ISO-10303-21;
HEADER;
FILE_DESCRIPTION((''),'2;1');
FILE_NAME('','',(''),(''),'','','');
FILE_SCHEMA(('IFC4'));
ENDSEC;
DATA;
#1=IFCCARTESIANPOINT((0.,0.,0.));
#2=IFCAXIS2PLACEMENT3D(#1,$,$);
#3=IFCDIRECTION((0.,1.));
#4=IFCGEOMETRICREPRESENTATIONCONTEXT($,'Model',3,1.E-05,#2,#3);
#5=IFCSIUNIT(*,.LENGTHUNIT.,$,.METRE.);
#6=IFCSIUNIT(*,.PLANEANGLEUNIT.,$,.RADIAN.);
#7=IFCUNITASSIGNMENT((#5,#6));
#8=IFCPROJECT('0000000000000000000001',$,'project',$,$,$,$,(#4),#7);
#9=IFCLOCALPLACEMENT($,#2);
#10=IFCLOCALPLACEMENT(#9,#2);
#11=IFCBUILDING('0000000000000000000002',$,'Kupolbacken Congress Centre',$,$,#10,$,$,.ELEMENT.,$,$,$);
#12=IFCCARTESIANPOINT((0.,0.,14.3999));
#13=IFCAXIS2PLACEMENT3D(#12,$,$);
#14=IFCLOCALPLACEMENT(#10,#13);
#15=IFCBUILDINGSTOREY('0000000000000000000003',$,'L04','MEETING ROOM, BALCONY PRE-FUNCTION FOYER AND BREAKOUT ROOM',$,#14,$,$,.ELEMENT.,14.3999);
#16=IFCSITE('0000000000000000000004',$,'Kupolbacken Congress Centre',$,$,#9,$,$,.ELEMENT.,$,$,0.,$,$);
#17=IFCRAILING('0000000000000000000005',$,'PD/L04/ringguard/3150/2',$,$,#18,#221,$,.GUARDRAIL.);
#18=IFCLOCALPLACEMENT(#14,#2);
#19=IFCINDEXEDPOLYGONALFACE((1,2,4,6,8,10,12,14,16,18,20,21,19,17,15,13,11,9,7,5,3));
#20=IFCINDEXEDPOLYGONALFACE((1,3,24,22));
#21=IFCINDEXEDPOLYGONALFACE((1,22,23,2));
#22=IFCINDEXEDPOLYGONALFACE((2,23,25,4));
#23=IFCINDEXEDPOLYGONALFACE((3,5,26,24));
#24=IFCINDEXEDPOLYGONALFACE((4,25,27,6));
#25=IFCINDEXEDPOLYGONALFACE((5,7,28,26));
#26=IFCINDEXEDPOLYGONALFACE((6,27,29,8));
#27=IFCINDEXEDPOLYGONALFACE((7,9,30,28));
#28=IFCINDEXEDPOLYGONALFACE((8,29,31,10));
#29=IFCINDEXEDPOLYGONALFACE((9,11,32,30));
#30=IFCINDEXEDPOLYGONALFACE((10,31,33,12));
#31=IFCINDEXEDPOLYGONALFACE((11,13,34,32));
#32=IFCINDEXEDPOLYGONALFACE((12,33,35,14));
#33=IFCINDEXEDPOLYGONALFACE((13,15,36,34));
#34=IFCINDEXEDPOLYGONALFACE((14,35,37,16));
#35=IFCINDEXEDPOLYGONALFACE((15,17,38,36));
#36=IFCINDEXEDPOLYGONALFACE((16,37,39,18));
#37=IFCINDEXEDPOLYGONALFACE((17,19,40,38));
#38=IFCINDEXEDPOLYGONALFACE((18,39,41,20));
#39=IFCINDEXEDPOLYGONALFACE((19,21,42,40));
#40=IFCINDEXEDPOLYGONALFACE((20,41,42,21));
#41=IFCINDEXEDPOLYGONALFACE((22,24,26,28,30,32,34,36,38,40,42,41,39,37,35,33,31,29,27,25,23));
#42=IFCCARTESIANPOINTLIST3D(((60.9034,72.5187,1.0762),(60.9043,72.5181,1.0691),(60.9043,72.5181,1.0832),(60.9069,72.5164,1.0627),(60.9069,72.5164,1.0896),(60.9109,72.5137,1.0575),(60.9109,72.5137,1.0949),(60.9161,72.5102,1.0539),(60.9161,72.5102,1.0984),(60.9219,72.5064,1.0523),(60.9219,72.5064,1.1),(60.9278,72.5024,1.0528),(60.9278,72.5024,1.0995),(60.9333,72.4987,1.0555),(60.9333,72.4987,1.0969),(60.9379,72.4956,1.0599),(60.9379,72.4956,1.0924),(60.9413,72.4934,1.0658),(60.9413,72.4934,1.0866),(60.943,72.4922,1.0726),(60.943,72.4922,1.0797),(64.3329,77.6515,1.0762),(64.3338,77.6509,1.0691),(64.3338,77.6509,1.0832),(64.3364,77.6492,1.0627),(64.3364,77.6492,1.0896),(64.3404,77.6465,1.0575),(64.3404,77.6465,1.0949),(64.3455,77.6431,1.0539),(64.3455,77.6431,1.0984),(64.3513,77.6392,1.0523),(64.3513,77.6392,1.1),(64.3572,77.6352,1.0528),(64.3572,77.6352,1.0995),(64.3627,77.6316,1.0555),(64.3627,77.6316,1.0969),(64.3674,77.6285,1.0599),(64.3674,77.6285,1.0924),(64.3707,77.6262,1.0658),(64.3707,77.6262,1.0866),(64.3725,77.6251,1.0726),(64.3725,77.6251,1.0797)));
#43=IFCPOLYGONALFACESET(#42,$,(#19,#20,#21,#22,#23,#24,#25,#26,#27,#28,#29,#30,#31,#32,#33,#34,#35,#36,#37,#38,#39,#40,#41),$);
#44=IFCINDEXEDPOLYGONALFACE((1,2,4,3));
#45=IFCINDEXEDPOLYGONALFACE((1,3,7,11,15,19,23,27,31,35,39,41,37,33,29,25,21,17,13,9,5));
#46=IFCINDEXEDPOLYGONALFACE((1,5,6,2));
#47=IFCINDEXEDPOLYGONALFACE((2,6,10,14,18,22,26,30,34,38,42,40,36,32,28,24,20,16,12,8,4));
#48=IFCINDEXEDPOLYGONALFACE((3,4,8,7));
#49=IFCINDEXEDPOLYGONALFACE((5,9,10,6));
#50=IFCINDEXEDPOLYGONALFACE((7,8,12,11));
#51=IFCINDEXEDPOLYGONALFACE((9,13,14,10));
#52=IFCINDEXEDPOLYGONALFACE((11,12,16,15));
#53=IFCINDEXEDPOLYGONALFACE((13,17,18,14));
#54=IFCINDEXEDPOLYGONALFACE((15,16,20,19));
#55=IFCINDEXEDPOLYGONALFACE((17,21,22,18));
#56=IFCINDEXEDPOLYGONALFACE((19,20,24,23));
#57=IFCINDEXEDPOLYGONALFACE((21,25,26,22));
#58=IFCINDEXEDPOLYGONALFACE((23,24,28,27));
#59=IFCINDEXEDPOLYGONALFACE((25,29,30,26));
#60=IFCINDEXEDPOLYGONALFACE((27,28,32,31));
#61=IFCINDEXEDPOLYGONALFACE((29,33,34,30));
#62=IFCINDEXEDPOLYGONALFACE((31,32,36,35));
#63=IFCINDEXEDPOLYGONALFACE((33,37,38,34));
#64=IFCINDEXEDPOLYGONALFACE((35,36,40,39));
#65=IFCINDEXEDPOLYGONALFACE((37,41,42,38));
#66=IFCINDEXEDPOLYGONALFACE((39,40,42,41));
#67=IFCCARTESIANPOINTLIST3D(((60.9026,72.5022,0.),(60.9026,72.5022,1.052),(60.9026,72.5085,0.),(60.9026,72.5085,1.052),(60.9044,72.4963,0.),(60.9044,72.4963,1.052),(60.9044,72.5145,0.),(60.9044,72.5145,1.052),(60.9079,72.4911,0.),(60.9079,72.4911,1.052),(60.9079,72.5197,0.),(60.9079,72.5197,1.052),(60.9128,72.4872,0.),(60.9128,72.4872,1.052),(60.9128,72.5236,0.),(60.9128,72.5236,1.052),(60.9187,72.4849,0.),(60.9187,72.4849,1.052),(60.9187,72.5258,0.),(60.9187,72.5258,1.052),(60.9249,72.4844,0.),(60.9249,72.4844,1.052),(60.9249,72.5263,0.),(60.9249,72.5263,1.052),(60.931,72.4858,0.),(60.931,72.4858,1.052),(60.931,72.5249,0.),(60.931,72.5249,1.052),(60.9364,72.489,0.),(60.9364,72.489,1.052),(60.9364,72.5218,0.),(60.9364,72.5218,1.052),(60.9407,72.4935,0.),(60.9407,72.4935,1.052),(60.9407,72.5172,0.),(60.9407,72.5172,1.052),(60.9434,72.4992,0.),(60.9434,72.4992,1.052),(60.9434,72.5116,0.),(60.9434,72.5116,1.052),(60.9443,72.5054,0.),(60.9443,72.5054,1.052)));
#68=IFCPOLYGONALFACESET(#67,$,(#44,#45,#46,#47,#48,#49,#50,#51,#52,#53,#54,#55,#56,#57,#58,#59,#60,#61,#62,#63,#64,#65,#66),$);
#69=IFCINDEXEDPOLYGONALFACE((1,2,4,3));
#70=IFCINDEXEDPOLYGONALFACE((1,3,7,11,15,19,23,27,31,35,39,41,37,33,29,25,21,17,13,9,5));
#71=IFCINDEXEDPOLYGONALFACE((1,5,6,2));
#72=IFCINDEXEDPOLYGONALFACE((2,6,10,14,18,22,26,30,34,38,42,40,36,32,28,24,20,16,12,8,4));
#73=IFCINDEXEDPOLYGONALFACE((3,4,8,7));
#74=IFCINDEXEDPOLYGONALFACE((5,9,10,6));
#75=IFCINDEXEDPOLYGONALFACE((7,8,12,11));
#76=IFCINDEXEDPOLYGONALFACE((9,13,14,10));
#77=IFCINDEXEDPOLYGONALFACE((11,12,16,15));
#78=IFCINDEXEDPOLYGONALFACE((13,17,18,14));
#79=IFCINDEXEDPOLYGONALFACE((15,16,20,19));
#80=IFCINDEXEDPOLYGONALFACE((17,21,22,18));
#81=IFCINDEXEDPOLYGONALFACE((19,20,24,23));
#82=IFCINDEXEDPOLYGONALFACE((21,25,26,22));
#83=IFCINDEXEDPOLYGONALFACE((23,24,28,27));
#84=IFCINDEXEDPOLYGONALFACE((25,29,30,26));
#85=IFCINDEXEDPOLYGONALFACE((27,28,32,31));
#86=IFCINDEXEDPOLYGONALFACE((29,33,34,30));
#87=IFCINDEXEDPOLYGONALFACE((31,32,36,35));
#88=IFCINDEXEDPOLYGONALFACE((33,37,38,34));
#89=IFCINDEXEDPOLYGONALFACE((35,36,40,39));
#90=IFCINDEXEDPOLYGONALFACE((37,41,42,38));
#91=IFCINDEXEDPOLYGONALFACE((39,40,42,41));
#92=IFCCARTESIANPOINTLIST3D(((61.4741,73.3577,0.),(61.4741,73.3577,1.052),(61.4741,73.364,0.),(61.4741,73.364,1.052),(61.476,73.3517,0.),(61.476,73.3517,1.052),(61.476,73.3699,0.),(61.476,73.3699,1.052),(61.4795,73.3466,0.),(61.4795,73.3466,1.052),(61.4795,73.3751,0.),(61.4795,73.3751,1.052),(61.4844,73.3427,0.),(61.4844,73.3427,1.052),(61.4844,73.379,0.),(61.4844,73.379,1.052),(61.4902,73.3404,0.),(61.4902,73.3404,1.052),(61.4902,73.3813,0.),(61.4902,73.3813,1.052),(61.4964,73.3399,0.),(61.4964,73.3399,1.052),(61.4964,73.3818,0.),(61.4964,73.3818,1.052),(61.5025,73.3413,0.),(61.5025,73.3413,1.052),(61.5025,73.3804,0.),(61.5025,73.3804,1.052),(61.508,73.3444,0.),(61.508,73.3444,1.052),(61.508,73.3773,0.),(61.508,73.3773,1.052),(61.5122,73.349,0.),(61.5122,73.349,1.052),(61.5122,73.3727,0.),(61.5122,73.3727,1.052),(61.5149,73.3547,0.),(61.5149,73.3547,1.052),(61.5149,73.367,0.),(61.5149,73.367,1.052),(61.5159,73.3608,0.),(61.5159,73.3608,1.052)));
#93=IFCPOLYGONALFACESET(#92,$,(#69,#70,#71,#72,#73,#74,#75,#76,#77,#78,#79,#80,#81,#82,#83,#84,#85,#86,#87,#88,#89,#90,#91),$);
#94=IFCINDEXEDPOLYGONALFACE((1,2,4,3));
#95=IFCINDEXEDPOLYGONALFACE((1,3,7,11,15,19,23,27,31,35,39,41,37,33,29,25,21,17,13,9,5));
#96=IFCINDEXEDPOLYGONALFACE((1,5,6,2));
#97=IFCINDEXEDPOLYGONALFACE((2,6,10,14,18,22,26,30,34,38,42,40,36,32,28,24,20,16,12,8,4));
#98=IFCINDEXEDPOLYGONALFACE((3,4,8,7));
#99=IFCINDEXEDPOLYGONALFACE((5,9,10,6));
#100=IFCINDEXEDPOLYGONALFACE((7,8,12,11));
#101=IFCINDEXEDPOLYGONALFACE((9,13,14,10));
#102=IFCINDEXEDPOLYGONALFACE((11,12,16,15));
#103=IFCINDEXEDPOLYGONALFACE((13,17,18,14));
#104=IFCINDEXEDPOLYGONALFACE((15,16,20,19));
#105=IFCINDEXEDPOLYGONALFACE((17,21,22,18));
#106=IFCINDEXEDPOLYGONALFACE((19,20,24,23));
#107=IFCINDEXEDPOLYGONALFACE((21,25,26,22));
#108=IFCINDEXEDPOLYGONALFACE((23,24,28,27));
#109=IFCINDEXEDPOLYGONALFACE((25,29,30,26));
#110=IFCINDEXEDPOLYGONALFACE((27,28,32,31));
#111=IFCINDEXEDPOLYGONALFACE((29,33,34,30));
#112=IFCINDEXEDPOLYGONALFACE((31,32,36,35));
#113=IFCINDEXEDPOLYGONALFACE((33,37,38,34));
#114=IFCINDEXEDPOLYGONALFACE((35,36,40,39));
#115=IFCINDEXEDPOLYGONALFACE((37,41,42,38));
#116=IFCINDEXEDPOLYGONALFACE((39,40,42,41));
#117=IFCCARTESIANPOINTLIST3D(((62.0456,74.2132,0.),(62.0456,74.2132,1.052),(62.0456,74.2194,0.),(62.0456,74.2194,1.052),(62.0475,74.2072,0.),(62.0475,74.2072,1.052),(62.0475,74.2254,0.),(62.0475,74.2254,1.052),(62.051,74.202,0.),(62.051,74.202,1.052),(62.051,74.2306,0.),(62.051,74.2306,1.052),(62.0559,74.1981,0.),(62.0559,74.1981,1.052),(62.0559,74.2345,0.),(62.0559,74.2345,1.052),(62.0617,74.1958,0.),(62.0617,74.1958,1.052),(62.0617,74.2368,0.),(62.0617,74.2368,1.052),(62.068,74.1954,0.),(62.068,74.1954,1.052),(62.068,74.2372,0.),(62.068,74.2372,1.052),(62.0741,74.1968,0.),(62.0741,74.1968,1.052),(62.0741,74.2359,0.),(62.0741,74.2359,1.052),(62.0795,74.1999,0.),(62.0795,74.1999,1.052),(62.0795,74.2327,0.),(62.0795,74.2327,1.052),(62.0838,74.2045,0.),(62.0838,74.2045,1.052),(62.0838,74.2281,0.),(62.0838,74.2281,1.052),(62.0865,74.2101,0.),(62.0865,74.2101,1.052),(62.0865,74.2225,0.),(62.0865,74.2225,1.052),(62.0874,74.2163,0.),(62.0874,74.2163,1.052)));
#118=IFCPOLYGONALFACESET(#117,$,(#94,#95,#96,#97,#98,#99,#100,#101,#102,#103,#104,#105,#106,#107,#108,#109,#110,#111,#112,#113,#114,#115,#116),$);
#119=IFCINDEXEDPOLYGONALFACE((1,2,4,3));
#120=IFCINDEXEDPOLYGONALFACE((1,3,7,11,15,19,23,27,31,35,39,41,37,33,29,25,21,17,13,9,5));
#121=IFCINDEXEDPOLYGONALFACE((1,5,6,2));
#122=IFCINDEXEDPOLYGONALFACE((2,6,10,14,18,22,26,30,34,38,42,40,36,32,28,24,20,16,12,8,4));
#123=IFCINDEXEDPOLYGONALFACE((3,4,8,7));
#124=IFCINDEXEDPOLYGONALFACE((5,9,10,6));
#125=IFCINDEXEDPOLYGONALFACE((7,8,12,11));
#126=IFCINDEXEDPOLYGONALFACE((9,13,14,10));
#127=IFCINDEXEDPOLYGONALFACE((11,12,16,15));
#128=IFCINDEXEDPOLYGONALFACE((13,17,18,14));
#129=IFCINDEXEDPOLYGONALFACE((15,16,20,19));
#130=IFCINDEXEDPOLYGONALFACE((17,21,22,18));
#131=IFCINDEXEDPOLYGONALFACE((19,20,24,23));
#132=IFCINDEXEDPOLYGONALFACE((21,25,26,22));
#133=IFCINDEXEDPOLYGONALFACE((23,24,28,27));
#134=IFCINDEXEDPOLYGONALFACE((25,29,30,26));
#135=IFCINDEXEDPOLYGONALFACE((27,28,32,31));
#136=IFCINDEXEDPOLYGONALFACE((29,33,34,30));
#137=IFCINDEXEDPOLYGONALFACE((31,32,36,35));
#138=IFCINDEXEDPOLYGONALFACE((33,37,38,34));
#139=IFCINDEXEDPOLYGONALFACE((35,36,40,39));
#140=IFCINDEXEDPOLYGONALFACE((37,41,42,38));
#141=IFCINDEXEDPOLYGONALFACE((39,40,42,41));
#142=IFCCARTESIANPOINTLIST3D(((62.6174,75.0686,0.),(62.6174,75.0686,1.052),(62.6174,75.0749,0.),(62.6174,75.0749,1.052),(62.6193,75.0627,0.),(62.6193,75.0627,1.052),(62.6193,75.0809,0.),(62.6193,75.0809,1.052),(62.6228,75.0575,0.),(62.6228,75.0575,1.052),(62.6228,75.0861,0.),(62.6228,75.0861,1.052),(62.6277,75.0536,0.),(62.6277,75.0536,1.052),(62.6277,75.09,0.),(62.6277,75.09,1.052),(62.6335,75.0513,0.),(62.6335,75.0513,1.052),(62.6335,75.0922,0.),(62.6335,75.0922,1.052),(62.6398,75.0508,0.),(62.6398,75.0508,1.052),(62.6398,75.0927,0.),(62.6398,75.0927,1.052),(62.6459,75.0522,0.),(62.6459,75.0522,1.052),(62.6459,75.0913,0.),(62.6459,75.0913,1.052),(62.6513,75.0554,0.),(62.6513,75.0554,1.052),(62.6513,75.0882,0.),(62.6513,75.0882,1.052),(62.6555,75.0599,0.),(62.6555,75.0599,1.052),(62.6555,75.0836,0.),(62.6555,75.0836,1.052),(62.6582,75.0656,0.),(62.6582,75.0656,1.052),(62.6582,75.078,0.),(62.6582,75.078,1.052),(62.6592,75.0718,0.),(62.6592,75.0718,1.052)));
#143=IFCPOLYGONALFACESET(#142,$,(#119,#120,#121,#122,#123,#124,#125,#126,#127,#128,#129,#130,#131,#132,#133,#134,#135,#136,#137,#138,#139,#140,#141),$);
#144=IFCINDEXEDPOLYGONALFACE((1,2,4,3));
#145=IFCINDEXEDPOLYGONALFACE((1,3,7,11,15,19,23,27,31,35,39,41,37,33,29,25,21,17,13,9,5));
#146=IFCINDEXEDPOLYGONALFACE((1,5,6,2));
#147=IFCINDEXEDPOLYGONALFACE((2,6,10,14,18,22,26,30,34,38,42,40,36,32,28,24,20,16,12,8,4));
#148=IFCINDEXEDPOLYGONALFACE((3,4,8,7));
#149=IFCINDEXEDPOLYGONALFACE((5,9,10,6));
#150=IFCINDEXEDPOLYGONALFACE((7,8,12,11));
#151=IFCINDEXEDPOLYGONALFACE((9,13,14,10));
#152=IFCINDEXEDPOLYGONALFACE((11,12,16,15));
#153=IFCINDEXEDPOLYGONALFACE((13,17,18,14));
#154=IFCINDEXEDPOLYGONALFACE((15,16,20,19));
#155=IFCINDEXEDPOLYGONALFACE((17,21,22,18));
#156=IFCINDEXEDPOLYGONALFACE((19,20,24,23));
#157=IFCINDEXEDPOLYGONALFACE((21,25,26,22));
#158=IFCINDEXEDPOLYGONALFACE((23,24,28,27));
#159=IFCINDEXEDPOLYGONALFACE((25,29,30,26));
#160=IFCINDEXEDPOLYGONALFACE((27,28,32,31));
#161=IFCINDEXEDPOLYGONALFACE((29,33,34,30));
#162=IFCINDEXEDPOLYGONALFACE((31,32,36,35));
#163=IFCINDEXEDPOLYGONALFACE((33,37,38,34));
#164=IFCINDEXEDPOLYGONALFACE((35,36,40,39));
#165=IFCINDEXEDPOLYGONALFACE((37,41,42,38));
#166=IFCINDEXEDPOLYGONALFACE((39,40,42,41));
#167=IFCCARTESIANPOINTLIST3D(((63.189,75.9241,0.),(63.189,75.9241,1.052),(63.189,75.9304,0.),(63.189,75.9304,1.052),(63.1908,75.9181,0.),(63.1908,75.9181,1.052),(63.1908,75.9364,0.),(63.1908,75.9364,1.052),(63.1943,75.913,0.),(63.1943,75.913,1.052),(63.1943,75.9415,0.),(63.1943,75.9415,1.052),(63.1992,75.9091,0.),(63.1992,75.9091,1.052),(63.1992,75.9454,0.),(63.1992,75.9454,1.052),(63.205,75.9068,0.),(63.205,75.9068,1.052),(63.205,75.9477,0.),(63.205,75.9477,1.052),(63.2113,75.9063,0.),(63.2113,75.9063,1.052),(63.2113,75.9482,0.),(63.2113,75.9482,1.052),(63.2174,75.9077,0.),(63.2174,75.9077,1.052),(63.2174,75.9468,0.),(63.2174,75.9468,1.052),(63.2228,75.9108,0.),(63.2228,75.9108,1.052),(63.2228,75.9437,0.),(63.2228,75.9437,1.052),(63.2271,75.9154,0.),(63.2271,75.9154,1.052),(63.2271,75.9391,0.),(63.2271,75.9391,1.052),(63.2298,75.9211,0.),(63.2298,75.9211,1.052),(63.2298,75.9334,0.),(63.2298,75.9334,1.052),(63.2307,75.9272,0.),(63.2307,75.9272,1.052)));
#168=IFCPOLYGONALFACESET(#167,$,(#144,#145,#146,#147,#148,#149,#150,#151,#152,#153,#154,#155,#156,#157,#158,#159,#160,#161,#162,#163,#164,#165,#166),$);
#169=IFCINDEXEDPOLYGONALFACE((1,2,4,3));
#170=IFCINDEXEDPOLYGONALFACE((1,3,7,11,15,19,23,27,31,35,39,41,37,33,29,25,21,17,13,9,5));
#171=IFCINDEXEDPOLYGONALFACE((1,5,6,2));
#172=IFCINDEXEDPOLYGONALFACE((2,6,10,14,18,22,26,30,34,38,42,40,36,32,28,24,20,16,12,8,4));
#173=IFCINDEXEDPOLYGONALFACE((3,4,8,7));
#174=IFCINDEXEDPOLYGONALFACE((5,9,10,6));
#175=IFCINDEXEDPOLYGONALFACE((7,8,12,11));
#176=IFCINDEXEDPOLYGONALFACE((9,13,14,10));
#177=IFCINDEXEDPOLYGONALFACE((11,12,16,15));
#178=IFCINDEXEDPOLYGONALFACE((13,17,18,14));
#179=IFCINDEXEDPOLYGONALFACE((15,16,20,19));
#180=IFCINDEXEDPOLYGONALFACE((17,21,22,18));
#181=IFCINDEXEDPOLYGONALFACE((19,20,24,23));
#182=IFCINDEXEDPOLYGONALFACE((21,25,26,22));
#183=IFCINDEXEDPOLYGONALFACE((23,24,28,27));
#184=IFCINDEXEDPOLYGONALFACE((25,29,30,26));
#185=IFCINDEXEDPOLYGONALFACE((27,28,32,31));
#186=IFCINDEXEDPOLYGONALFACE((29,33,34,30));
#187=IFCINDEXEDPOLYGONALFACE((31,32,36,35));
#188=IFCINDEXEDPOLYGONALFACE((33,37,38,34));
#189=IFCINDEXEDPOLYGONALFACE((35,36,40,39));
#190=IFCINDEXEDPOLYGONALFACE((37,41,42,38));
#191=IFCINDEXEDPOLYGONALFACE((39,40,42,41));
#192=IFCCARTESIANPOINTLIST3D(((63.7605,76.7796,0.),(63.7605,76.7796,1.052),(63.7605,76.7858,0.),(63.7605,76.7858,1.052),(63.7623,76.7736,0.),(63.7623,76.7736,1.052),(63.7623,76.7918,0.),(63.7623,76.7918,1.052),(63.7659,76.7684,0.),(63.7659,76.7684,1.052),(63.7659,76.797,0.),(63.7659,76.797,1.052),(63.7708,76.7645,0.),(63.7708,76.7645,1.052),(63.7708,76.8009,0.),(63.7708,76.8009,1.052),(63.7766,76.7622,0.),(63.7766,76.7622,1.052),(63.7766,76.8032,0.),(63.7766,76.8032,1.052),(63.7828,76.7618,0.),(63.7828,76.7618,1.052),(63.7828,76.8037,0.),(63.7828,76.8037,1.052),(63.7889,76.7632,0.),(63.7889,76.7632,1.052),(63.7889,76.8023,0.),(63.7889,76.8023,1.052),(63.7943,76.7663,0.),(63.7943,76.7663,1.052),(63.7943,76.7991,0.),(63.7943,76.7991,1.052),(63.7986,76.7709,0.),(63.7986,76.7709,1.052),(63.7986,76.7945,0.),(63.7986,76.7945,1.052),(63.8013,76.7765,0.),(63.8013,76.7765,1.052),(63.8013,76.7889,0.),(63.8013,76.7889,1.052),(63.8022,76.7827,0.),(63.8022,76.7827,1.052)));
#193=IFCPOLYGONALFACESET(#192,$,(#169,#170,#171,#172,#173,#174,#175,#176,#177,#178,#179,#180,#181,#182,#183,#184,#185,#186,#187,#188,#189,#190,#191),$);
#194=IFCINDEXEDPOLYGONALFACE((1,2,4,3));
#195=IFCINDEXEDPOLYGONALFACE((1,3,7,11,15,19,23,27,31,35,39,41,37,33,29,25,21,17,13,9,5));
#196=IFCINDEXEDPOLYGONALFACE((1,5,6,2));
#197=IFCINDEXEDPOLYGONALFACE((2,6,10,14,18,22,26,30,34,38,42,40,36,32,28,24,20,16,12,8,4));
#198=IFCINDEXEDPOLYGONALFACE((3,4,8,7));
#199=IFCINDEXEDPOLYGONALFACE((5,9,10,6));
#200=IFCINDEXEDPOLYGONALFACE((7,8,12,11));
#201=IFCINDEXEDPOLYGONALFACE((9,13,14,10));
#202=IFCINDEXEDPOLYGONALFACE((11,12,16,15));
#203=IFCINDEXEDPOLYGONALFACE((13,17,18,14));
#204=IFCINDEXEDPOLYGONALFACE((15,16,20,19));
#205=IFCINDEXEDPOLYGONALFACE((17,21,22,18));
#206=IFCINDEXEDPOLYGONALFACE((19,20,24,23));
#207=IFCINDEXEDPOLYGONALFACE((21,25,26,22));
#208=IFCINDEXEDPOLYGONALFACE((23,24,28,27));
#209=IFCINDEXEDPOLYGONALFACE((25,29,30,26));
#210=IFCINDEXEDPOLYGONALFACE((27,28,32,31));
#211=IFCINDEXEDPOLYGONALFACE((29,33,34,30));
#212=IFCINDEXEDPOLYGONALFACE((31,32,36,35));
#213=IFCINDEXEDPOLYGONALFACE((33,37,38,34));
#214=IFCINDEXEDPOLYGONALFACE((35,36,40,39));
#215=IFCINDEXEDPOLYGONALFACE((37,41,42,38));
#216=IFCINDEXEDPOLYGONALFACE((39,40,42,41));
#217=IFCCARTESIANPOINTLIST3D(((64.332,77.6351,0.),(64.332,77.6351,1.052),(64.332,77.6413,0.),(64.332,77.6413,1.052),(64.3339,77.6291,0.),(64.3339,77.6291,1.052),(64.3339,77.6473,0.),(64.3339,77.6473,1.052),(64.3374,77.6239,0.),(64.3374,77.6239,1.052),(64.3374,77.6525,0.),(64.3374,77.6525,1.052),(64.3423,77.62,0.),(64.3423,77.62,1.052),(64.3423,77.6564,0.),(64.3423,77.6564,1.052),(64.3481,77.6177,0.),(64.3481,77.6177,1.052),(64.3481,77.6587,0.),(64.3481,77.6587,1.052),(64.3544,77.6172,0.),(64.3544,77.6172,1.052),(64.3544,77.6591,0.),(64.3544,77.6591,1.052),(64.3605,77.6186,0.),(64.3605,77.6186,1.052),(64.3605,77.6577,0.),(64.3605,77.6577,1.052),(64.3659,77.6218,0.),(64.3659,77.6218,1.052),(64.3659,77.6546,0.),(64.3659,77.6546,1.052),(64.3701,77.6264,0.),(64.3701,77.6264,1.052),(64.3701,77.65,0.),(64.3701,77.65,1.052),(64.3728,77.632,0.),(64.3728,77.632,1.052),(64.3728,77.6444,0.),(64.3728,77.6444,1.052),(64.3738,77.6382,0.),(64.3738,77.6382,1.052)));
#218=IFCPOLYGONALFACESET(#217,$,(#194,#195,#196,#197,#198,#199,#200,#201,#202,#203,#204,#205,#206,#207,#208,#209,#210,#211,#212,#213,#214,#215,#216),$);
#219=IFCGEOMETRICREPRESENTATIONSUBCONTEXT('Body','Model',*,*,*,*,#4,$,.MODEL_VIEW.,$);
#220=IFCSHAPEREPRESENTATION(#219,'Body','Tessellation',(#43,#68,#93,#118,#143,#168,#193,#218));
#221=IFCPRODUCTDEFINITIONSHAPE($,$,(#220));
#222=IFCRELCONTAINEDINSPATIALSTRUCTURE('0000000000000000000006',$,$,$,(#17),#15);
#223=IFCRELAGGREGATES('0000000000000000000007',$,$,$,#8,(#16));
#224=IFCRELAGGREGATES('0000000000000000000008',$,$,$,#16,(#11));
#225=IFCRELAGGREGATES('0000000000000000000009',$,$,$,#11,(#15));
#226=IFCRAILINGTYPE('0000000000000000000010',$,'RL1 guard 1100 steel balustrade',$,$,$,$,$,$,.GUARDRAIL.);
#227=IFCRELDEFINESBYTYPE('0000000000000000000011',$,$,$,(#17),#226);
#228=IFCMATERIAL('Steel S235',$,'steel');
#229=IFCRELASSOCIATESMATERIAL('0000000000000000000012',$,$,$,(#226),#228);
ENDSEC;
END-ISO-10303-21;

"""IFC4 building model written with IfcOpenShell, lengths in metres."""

from ifc_helpers import new_model, si_unit, direction, frame, origin, origin_2d, place, context, subcontext, project, spatial, circle, extrude, material, type_object, element, save


model = new_model("IFC4")

# Units and contexts
model_context = context("Model", 3, precision=1e-05, world=origin(), true_north=direction((0.0, 1.0)))
body_context = subcontext(model_context, "Body", "Model", "MODEL_VIEW")
ifc_project = project(units=[si_unit("LENGTHUNIT", "METRE"), si_unit("PLANEANGLEUNIT", "RADIAN")], contexts=[model_context])

# Site, building, storey
site_placement = place(None, origin())
site = spatial("IfcSite", under=ifc_project, at=site_placement, Name="Kupolbacken Congress Centre", CompositionType="ELEMENT", RefElevation=0.0)
building_placement = place(site_placement, origin())
building = spatial("IfcBuilding", under=site, at=building_placement, Name="Kupolbacken Congress Centre", CompositionType="ELEMENT")
storey_placement = place(building_placement, frame((0.0, 0.0, 14.3999)))
storey = spatial("IfcBuildingStorey", under=building, at=storey_placement, Name="L04", Description="MEETING ROOM, BALCONY PRE-FUNCTION FOYER AND BREAKOUT ROOM", CompositionType="ELEMENT", Elevation=14.3999)

# Railing
ifc_material_1 = material(Name="Steel S235", Category="steel")
railing_type = type_object("IfcRailingType", Name="RL1 guard 1100 steel balustrade", PredefinedType="GUARDRAIL", material=ifc_material_1)
railing_1_placement = place(storey_placement, frame((60.9233, 72.5054, 0.0)))
element("IfcRailing", 1, at=railing_1_placement, inside=storey, type_object=railing_type, Name="PD/L04/ringguard/3150/2", PredefinedType="GUARDRAIL", context=body_context, shape_type="SweptSolid", body=[
    extrude(circle(Radius=0.0239, at=origin_2d()), frame((0.0, 0.0, 1.0762), z_axis=(0.555549, 0.831484, 0.0), x_axis=(-0.831484, 0.555549, 0.0)), (0.0, 0.0, 1.0), 6.1731),
    extrude(circle(Radius=0.021, at=origin_2d()), origin(), (0.0, 0.0, 1.0), 1.052),
    extrude(circle(Radius=0.021, at=origin_2d()), frame((0.5715, 0.8555, 0.0)), (0.0, 0.0, 1.0), 1.052),
    extrude(circle(Radius=0.021, at=origin_2d()), frame((1.1431, 1.7109, 0.0)), (0.0, 0.0, 1.0), 1.052),
    extrude(circle(Radius=0.021, at=origin_2d()), frame((1.7148, 2.5664, 0.0)), (0.0, 0.0, 1.0), 1.052),
    extrude(circle(Radius=0.021, at=origin_2d()), frame((2.2864, 3.4219, 0.0)), (0.0, 0.0, 1.0), 1.052),
    extrude(circle(Radius=0.021, at=origin_2d()), frame((2.8579, 4.2773, 0.0)), (0.0, 0.0, 1.0), 1.052),
    extrude(circle(Radius=0.021, at=origin_2d()), frame((3.4294, 5.1328, 0.0)), (0.0, 0.0, 1.0), 1.052),
])

save(model, "model.ifc")
